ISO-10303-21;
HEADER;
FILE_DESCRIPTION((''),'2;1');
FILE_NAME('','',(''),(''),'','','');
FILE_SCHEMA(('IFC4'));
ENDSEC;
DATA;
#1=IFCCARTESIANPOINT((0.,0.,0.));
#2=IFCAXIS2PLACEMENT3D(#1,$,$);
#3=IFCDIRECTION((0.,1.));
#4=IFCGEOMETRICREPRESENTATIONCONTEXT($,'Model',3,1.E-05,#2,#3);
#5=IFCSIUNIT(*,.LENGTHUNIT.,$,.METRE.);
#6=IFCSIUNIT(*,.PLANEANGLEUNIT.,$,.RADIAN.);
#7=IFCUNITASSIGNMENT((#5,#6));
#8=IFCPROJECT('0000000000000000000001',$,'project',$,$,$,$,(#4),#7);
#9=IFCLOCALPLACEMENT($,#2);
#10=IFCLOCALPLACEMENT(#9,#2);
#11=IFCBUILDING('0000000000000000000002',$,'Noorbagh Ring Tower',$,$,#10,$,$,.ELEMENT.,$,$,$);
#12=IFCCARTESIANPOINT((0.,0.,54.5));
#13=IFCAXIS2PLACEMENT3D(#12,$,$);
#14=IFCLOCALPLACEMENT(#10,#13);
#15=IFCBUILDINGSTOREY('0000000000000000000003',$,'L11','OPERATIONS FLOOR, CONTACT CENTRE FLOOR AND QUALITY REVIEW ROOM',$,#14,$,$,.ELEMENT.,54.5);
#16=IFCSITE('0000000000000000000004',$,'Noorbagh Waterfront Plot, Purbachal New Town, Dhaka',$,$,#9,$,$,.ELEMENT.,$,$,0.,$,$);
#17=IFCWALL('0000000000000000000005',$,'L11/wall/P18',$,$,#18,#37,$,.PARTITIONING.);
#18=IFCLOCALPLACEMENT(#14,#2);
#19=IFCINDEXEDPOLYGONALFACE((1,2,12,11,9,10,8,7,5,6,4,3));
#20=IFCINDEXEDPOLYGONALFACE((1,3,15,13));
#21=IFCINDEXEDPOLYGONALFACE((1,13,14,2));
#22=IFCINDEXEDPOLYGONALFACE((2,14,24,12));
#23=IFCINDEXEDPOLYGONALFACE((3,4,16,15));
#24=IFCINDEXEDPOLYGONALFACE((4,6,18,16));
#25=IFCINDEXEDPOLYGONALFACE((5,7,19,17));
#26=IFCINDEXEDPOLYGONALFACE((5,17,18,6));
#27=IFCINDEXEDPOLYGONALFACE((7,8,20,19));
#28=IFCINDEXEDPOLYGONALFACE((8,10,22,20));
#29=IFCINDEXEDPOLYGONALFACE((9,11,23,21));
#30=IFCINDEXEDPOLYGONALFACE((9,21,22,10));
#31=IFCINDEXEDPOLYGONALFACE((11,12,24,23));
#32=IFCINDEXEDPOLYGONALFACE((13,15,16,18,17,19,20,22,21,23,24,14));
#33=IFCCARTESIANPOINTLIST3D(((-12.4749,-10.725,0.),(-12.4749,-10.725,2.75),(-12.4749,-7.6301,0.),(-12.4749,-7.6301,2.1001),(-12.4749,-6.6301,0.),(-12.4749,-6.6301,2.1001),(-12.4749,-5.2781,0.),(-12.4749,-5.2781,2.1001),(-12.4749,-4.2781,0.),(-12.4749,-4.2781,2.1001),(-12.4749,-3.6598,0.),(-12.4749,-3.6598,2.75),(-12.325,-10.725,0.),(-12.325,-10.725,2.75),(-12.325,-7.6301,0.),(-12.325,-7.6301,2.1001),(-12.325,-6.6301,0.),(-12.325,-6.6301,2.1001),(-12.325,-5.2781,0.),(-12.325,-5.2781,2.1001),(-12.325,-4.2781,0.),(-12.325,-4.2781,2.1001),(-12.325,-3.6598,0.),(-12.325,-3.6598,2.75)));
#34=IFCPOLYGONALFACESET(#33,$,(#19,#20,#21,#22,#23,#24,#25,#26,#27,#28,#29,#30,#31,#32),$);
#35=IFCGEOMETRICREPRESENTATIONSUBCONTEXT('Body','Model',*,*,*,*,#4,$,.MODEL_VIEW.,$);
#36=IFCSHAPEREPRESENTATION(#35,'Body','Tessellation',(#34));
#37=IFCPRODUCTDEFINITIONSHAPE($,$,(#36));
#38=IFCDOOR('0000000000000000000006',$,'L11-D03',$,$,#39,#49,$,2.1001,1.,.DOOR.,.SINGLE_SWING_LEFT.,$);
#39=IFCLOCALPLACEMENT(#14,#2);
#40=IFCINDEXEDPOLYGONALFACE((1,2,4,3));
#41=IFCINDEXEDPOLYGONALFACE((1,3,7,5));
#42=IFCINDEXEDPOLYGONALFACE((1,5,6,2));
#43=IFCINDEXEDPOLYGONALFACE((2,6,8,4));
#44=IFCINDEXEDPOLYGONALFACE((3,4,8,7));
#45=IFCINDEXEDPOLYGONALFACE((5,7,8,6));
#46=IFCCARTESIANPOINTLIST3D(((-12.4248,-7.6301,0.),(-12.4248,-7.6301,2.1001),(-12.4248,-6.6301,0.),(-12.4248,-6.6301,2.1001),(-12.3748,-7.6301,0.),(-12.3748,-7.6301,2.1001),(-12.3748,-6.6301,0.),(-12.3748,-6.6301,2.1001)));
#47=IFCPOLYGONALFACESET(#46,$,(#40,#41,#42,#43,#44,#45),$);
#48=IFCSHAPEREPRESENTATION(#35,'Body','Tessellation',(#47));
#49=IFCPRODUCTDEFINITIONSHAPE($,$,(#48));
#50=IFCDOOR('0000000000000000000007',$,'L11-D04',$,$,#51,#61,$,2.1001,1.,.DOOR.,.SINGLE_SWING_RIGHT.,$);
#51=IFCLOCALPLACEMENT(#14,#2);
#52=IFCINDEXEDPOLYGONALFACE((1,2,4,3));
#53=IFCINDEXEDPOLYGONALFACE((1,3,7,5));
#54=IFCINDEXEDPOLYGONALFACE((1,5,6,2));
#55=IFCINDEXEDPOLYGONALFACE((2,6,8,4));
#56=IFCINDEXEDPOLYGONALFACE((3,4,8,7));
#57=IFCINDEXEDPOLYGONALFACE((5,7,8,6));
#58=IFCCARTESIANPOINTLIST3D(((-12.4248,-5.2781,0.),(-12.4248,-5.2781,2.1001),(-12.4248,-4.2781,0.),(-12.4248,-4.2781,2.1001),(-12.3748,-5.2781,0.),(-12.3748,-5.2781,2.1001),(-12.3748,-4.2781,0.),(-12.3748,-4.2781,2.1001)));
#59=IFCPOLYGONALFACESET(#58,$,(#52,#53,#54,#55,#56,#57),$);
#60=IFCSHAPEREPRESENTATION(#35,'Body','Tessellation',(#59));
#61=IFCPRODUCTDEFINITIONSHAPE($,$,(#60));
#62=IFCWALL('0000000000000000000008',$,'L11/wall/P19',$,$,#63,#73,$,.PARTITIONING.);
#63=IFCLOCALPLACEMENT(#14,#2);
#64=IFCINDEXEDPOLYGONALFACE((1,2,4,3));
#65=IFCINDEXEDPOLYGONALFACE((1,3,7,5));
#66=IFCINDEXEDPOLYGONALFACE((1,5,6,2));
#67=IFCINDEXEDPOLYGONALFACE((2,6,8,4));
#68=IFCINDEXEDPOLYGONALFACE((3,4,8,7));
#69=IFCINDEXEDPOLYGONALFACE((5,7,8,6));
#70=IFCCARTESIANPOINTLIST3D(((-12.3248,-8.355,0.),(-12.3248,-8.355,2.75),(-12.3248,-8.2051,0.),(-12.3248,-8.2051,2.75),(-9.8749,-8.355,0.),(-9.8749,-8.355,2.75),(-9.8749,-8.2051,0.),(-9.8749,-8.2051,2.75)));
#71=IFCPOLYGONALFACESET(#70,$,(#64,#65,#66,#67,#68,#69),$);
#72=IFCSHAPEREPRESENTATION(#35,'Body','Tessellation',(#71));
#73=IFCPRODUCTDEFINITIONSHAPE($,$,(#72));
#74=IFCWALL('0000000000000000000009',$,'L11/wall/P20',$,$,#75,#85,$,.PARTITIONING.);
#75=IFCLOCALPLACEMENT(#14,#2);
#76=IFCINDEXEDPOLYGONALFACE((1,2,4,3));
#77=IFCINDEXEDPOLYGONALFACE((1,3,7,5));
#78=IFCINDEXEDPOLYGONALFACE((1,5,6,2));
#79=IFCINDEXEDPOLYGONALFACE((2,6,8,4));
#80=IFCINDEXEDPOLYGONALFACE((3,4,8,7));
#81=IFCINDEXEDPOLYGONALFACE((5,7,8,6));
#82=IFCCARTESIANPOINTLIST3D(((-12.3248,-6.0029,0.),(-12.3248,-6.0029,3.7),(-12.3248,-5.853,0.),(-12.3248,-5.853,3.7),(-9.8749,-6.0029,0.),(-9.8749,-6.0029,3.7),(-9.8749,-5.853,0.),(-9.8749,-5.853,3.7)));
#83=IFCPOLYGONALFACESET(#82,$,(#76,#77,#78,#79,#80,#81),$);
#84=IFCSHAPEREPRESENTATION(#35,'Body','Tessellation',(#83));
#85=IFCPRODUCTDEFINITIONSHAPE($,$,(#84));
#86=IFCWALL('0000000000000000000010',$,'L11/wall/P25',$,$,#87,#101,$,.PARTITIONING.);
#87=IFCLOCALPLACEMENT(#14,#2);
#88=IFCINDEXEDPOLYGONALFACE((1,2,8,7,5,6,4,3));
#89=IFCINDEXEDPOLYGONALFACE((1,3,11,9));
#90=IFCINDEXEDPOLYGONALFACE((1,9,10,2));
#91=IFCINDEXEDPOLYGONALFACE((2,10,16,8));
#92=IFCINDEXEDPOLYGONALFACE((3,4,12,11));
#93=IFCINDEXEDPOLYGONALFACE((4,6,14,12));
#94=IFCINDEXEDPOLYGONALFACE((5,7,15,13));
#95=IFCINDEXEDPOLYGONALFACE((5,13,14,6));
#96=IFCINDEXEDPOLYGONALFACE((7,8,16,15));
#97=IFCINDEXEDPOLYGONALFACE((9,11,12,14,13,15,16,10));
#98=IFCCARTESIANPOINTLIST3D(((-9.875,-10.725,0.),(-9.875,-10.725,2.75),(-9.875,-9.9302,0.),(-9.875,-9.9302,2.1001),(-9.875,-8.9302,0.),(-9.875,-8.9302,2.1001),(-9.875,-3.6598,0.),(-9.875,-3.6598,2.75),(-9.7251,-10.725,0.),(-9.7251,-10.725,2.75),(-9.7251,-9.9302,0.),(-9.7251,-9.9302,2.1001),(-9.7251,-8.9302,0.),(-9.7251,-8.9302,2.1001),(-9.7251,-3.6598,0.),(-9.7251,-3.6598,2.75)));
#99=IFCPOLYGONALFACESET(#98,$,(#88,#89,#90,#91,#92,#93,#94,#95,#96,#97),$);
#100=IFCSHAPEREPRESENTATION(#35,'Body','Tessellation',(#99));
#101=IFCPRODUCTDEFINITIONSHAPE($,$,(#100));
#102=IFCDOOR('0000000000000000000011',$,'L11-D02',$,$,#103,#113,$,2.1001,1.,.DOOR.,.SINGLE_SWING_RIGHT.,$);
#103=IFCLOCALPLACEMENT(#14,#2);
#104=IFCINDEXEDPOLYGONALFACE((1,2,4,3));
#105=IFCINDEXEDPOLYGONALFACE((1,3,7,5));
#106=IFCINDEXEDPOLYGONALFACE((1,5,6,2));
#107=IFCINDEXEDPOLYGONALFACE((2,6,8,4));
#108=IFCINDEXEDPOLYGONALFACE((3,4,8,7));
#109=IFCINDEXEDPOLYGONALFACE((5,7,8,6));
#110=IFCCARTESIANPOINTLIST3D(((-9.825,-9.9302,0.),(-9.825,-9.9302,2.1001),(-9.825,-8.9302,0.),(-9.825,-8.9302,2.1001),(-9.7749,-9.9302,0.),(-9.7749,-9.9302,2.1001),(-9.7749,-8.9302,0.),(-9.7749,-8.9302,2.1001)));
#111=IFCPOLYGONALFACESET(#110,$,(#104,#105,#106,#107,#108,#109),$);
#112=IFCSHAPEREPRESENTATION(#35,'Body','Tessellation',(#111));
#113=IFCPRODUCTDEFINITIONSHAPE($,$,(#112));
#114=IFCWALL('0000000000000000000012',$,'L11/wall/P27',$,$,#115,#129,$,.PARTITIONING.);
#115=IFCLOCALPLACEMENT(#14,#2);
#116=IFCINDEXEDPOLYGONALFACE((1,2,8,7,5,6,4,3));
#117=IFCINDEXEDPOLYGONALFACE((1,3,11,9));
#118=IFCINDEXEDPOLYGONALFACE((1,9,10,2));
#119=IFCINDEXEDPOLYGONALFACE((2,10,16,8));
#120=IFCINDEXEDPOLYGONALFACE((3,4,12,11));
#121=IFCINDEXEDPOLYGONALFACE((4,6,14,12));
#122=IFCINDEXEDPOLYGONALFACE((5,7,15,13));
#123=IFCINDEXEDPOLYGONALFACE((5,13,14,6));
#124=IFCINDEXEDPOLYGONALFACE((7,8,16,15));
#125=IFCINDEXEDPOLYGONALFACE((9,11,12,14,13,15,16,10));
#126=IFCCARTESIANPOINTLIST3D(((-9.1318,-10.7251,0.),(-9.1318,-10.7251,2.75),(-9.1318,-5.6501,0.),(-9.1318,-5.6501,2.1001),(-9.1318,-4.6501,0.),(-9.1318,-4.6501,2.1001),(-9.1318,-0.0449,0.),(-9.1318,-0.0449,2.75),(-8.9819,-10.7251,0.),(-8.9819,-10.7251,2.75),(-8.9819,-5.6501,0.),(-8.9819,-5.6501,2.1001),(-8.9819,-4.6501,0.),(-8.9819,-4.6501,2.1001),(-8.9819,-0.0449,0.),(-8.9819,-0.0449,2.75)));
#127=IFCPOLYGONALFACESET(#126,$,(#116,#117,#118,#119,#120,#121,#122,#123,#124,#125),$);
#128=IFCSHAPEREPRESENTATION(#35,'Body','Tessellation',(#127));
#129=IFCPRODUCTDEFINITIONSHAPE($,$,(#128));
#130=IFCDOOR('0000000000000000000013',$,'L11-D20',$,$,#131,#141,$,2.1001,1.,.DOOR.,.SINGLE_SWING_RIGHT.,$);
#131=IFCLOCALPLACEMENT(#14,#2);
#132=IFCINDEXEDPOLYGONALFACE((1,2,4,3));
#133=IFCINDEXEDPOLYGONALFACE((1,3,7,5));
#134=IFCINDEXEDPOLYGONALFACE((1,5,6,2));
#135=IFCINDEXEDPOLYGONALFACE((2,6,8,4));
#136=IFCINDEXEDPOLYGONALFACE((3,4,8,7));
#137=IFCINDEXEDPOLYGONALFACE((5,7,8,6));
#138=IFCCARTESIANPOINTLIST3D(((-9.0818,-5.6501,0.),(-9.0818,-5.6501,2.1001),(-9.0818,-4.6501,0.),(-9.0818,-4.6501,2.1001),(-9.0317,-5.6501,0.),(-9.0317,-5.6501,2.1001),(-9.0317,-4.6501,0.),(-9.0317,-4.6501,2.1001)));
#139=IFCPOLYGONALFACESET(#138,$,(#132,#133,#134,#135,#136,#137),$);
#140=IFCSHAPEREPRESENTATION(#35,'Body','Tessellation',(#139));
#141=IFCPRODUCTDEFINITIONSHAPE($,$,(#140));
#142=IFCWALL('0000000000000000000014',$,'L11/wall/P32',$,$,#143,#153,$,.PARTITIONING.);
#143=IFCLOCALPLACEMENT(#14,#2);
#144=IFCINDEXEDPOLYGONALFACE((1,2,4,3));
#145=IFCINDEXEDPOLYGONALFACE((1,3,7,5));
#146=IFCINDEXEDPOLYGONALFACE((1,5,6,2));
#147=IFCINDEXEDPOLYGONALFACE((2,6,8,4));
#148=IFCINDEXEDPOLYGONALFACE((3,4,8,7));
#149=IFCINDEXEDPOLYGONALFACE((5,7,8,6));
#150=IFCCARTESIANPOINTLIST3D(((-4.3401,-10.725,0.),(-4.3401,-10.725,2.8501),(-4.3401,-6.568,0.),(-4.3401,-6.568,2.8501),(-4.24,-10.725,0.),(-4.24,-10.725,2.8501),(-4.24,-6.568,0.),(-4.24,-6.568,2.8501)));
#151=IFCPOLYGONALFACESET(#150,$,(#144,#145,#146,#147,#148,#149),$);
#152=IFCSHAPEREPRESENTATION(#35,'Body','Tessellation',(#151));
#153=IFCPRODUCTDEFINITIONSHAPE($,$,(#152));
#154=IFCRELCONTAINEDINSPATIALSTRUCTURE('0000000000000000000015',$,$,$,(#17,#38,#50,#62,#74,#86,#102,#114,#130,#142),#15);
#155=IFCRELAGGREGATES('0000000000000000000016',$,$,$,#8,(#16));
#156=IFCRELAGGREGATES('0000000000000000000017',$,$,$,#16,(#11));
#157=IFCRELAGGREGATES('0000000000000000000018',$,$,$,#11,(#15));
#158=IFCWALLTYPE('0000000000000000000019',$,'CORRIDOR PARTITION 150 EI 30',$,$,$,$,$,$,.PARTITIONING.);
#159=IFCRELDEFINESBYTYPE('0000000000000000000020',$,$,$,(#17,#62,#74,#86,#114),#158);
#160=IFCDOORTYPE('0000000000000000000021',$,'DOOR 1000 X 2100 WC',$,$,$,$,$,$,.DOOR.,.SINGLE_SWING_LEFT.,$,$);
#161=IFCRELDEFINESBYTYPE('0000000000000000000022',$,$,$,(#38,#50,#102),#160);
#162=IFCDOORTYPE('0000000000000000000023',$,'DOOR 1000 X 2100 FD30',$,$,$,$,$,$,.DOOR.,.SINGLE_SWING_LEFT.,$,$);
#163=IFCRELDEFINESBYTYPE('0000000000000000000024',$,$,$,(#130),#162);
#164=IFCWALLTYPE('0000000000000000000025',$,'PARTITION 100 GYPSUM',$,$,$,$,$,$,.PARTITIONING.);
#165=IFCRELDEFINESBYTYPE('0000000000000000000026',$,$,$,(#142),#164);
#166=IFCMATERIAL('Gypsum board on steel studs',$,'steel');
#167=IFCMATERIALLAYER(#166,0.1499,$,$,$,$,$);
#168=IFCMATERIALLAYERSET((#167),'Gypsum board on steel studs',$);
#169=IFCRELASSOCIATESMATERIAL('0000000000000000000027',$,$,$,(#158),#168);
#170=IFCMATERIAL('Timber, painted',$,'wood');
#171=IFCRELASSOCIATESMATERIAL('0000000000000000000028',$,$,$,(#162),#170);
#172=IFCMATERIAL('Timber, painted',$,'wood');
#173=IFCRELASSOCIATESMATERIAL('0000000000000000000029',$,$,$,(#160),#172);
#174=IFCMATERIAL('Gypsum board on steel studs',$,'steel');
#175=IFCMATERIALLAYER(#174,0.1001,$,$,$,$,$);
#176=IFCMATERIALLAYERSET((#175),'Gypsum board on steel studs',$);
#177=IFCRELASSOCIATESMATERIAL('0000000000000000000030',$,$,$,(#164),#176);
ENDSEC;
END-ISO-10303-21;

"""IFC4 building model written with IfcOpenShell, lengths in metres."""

from ifc_helpers import new_model, si_unit, direction, frame, frame_2d, origin, place, context, subcontext, project, spatial, rectangle, extrude, material, layer, layer_set, type_object, element, fill, save


model = new_model("IFC4")

# Units and contexts
model_context = context("Model", 3, precision=1e-05, world=origin(), true_north=direction((0.0, 1.0)))
body_context = subcontext(model_context, "Body", "Model", "MODEL_VIEW")
ifc_project = project(units=[si_unit("LENGTHUNIT", "METRE"), si_unit("PLANEANGLEUNIT", "RADIAN")], contexts=[model_context])

# Site, building, storey
site_placement = place(None, origin())
site = spatial("IfcSite", under=ifc_project, at=site_placement, Name="Noorbagh Waterfront Plot, Purbachal New Town, Dhaka", CompositionType="ELEMENT", RefElevation=0.0)
building_placement = place(site_placement, origin())
building = spatial("IfcBuilding", under=site, at=building_placement, Name="Noorbagh Ring Tower", CompositionType="ELEMENT")
storey_placement = place(building_placement, frame((0.0, 0.0, 54.5)))
storey = spatial("IfcBuildingStorey", under=building, at=storey_placement, Name="L11", Description="OPERATIONS FLOOR, CONTACT CENTRE FLOOR AND QUALITY REVIEW ROOM", CompositionType="ELEMENT", Elevation=54.5)

# Shared definitions
ifc_material_1 = material(Name="Gypsum board on steel studs", Category="steel")
ifc_layer_1 = layer(ifc_material_1, 0.1499)
ifc_layer_set_1 = layer_set([ifc_layer_1], Name="Gypsum board on steel studs")
wall_type_1 = type_object("IfcWallType", Name="CORRIDOR PARTITION 150 EI 30", PredefinedType="PARTITIONING", material=ifc_layer_set_1)
ifc_material_2 = material(Name="Timber, painted", Category="wood")
door_type_1 = type_object("IfcDoorType", Name="DOOR 1000 X 2100 FD30", OperationType="SINGLE_SWING_LEFT", PredefinedType="DOOR", material=ifc_material_2)

# Wall, openings, doors
wall_1_placement = place(storey_placement, frame((-12.3999, -10.7251, 0.0), z_axis=(0.0, 0.0, 1.0), x_axis=(0.0, 1.0, 0.0)))
wall_1 = element("IfcWall", 1, at=wall_1_placement, inside=storey, type_object=wall_type_1, Name="L11/wall/P18", PredefinedType="PARTITIONING", context=body_context, shape_type="SweptSolid", body=[
    extrude(rectangle(XDim=7.0652, YDim=0.1499, at=frame_2d((3.5327, 0.0))), origin(), (0.0, 0.0, 1.0), 2.75),
])
opening_1_placement = place(wall_1_placement, frame((3.095, 0.0, 0.0)))
opening_1 = element("IfcOpeningElement", 2, at=opening_1_placement, cuts=wall_1, PredefinedType="OPENING", context=body_context, shape_type="SweptSolid", body=[
    extrude(rectangle(XDim=1.0, YDim=2.1001, at=frame_2d((0.5, 1.05))), frame((0.0, 0.085, 0.0), z_axis=(0.0, -1.0, 0.0), x_axis=(1.0, 0.0, 0.0)), (0.0, 0.0, 1.0), 0.1699),
])
opening_2_placement = place(wall_1_placement, frame((5.447, 0.0, 0.0)))
opening_2 = element("IfcOpeningElement", 3, at=opening_2_placement, cuts=wall_1, PredefinedType="OPENING", context=body_context, shape_type="SweptSolid", body=[
    extrude(rectangle(XDim=1.0, YDim=2.1001, at=frame_2d((0.5, 1.05))), frame((0.0, 0.085, 0.0), z_axis=(0.0, -1.0, 0.0), x_axis=(1.0, 0.0, 0.0)), (0.0, 0.0, 1.0), 0.1699),
])
ifc_material_3 = material(Name="Timber, painted", Category="wood")
door_type_2 = type_object("IfcDoorType", Name="DOOR 1000 X 2100 WC", OperationType="SINGLE_SWING_LEFT", PredefinedType="DOOR", material=ifc_material_3)
door_1_placement = place(opening_1_placement, origin())
door_1 = element("IfcDoor", 4, at=door_1_placement, inside=storey, type_object=door_type_2, Name="L11-D03", OperationType="SINGLE_SWING_LEFT", OverallHeight=2.1001, OverallWidth=1.0, PredefinedType="DOOR", context=body_context, shape_type="SweptSolid", body=[
    extrude(rectangle(XDim=1.0, YDim=2.1001, at=frame_2d((0.5, 1.05))), frame((0.0, 0.0249, 0.0), z_axis=(0.0, -1.0, 0.0), x_axis=(1.0, 0.0, 0.0)), (0.0, 0.0, 1.0), 0.05),
])
fill(opening_1, door_1)
door_2_placement = place(opening_2_placement, origin())
door_2 = element("IfcDoor", 5, at=door_2_placement, inside=storey, type_object=door_type_2, Name="L11-D04", OperationType="SINGLE_SWING_RIGHT", OverallHeight=2.1001, OverallWidth=1.0, PredefinedType="DOOR", context=body_context, shape_type="SweptSolid", body=[
    extrude(rectangle(XDim=1.0, YDim=2.1001, at=frame_2d((0.5, 1.05))), frame((0.0, 0.0249, 0.0), z_axis=(0.0, -1.0, 0.0), x_axis=(1.0, 0.0, 0.0)), (0.0, 0.0, 1.0), 0.05),
])
fill(opening_2, door_2)

# Walls
wall_2_placement = place(storey_placement, frame((-12.325, -8.28, 0.0), z_axis=(0.0, 0.0, 1.0), x_axis=(1.0, 0.0, 0.0)))
element("IfcWall", 6, at=wall_2_placement, inside=storey, type_object=wall_type_1, Name="L11/wall/P19", PredefinedType="PARTITIONING", context=body_context, shape_type="SweptSolid", body=[
    extrude(rectangle(XDim=2.45, YDim=0.1499, at=frame_2d((1.2251, 0.0))), origin(), (0.0, 0.0, 1.0), 2.75),
])
wall_3_placement = place(storey_placement, frame((-12.325, -5.928, 0.0), z_axis=(0.0, 0.0, 1.0), x_axis=(1.0, 0.0, 0.0)))
element("IfcWall", 7, at=wall_3_placement, inside=storey, type_object=wall_type_1, Name="L11/wall/P20", PredefinedType="PARTITIONING", context=body_context, shape_type="SweptSolid", body=[
    extrude(rectangle(XDim=2.45, YDim=0.1499, at=frame_2d((1.2251, 0.0))), origin(), (0.0, 0.0, 1.0), 3.7),
])

# Walls, openings, doors
wall_4_placement = place(storey_placement, frame((-9.8, -10.7251, 0.0), z_axis=(0.0, 0.0, 1.0), x_axis=(0.0, 1.0, 0.0)))
wall_4 = element("IfcWall", 8, at=wall_4_placement, inside=storey, type_object=wall_type_1, Name="L11/wall/P25", PredefinedType="PARTITIONING", context=body_context, shape_type="SweptSolid", body=[
    extrude(rectangle(XDim=7.0652, YDim=0.1499, at=frame_2d((3.5327, 0.0))), origin(), (0.0, 0.0, 1.0), 2.75),
])
opening_3_placement = place(wall_4_placement, frame((0.7949, 0.0, 0.0)))
opening_3 = element("IfcOpeningElement", 9, at=opening_3_placement, cuts=wall_4, PredefinedType="OPENING", context=body_context, shape_type="SweptSolid", body=[
    extrude(rectangle(XDim=1.0, YDim=2.1001, at=frame_2d((0.5, 1.05))), frame((0.0, 0.085, 0.0), z_axis=(0.0, -1.0, 0.0), x_axis=(1.0, 0.0, 0.0)), (0.0, 0.0, 1.0), 0.1699),
])
door_3_placement = place(opening_3_placement, origin())
door_3 = element("IfcDoor", 10, at=door_3_placement, inside=storey, type_object=door_type_2, Name="L11-D02", OperationType="SINGLE_SWING_RIGHT", OverallHeight=2.1001, OverallWidth=1.0, PredefinedType="DOOR", context=body_context, shape_type="SweptSolid", body=[
    extrude(rectangle(XDim=1.0, YDim=2.1001, at=frame_2d((0.5, 1.05))), frame((0.0, 0.0249, 0.0), z_axis=(0.0, -1.0, 0.0), x_axis=(1.0, 0.0, 0.0)), (0.0, 0.0, 1.0), 0.05),
])
fill(opening_3, door_3)
wall_5_placement = place(storey_placement, frame((-9.0569, -10.7251, 0.0), z_axis=(0.0, 0.0, 1.0), x_axis=(0.0, 1.0, 0.0)))
wall_5 = element("IfcWall", 11, at=wall_5_placement, inside=storey, type_object=wall_type_1, Name="L11/wall/P27", PredefinedType="PARTITIONING", context=body_context, shape_type="SweptSolid", body=[
    extrude(rectangle(XDim=10.6802, YDim=0.1499, at=frame_2d((5.3401, 0.0))), origin(), (0.0, 0.0, 1.0), 2.75),
])
opening_4_placement = place(wall_5_placement, frame((5.075, 0.0, 0.0)))
opening_4 = element("IfcOpeningElement", 12, at=opening_4_placement, cuts=wall_5, PredefinedType="OPENING", context=body_context, shape_type="SweptSolid", body=[
    extrude(rectangle(XDim=1.0, YDim=2.1001, at=frame_2d((0.5, 1.05))), frame((0.0, 0.085, 0.0), z_axis=(0.0, -1.0, 0.0), x_axis=(1.0, 0.0, 0.0)), (0.0, 0.0, 1.0), 0.1699),
])
door_4_placement = place(opening_4_placement, origin())
door_4 = element("IfcDoor", 13, at=door_4_placement, inside=storey, type_object=door_type_1, Name="L11-D20", OperationType="SINGLE_SWING_RIGHT", OverallHeight=2.1001, OverallWidth=1.0, PredefinedType="DOOR", context=body_context, shape_type="SweptSolid", body=[
    extrude(rectangle(XDim=1.0, YDim=2.1001, at=frame_2d((0.5, 1.05))), frame((0.0, 0.0249, 0.0), z_axis=(0.0, -1.0, 0.0), x_axis=(1.0, 0.0, 0.0)), (0.0, 0.0, 1.0), 0.05),
])
fill(opening_4, door_4)

# Wall
ifc_material_4 = material(Name="Gypsum board on steel studs", Category="steel")
ifc_layer_2 = layer(ifc_material_4, 0.1001)
ifc_layer_set_2 = layer_set([ifc_layer_2], Name="Gypsum board on steel studs")
wall_type_2 = type_object("IfcWallType", Name="PARTITION 100 GYPSUM", PredefinedType="PARTITIONING", material=ifc_layer_set_2)
wall_6_placement = place(storey_placement, frame((-4.29, -10.7251, 0.0), z_axis=(0.0, 0.0, 1.0), x_axis=(0.0, 1.0, 0.0)))
element("IfcWall", 14, at=wall_6_placement, inside=storey, type_object=wall_type_2, Name="L11/wall/P32", PredefinedType="PARTITIONING", context=body_context, shape_type="SweptSolid", body=[
    extrude(rectangle(XDim=4.157, YDim=0.1001, at=frame_2d((2.0786, 0.0))), origin(), (0.0, 0.0, 1.0), 2.8501),
])

save(model, "model.ifc")
